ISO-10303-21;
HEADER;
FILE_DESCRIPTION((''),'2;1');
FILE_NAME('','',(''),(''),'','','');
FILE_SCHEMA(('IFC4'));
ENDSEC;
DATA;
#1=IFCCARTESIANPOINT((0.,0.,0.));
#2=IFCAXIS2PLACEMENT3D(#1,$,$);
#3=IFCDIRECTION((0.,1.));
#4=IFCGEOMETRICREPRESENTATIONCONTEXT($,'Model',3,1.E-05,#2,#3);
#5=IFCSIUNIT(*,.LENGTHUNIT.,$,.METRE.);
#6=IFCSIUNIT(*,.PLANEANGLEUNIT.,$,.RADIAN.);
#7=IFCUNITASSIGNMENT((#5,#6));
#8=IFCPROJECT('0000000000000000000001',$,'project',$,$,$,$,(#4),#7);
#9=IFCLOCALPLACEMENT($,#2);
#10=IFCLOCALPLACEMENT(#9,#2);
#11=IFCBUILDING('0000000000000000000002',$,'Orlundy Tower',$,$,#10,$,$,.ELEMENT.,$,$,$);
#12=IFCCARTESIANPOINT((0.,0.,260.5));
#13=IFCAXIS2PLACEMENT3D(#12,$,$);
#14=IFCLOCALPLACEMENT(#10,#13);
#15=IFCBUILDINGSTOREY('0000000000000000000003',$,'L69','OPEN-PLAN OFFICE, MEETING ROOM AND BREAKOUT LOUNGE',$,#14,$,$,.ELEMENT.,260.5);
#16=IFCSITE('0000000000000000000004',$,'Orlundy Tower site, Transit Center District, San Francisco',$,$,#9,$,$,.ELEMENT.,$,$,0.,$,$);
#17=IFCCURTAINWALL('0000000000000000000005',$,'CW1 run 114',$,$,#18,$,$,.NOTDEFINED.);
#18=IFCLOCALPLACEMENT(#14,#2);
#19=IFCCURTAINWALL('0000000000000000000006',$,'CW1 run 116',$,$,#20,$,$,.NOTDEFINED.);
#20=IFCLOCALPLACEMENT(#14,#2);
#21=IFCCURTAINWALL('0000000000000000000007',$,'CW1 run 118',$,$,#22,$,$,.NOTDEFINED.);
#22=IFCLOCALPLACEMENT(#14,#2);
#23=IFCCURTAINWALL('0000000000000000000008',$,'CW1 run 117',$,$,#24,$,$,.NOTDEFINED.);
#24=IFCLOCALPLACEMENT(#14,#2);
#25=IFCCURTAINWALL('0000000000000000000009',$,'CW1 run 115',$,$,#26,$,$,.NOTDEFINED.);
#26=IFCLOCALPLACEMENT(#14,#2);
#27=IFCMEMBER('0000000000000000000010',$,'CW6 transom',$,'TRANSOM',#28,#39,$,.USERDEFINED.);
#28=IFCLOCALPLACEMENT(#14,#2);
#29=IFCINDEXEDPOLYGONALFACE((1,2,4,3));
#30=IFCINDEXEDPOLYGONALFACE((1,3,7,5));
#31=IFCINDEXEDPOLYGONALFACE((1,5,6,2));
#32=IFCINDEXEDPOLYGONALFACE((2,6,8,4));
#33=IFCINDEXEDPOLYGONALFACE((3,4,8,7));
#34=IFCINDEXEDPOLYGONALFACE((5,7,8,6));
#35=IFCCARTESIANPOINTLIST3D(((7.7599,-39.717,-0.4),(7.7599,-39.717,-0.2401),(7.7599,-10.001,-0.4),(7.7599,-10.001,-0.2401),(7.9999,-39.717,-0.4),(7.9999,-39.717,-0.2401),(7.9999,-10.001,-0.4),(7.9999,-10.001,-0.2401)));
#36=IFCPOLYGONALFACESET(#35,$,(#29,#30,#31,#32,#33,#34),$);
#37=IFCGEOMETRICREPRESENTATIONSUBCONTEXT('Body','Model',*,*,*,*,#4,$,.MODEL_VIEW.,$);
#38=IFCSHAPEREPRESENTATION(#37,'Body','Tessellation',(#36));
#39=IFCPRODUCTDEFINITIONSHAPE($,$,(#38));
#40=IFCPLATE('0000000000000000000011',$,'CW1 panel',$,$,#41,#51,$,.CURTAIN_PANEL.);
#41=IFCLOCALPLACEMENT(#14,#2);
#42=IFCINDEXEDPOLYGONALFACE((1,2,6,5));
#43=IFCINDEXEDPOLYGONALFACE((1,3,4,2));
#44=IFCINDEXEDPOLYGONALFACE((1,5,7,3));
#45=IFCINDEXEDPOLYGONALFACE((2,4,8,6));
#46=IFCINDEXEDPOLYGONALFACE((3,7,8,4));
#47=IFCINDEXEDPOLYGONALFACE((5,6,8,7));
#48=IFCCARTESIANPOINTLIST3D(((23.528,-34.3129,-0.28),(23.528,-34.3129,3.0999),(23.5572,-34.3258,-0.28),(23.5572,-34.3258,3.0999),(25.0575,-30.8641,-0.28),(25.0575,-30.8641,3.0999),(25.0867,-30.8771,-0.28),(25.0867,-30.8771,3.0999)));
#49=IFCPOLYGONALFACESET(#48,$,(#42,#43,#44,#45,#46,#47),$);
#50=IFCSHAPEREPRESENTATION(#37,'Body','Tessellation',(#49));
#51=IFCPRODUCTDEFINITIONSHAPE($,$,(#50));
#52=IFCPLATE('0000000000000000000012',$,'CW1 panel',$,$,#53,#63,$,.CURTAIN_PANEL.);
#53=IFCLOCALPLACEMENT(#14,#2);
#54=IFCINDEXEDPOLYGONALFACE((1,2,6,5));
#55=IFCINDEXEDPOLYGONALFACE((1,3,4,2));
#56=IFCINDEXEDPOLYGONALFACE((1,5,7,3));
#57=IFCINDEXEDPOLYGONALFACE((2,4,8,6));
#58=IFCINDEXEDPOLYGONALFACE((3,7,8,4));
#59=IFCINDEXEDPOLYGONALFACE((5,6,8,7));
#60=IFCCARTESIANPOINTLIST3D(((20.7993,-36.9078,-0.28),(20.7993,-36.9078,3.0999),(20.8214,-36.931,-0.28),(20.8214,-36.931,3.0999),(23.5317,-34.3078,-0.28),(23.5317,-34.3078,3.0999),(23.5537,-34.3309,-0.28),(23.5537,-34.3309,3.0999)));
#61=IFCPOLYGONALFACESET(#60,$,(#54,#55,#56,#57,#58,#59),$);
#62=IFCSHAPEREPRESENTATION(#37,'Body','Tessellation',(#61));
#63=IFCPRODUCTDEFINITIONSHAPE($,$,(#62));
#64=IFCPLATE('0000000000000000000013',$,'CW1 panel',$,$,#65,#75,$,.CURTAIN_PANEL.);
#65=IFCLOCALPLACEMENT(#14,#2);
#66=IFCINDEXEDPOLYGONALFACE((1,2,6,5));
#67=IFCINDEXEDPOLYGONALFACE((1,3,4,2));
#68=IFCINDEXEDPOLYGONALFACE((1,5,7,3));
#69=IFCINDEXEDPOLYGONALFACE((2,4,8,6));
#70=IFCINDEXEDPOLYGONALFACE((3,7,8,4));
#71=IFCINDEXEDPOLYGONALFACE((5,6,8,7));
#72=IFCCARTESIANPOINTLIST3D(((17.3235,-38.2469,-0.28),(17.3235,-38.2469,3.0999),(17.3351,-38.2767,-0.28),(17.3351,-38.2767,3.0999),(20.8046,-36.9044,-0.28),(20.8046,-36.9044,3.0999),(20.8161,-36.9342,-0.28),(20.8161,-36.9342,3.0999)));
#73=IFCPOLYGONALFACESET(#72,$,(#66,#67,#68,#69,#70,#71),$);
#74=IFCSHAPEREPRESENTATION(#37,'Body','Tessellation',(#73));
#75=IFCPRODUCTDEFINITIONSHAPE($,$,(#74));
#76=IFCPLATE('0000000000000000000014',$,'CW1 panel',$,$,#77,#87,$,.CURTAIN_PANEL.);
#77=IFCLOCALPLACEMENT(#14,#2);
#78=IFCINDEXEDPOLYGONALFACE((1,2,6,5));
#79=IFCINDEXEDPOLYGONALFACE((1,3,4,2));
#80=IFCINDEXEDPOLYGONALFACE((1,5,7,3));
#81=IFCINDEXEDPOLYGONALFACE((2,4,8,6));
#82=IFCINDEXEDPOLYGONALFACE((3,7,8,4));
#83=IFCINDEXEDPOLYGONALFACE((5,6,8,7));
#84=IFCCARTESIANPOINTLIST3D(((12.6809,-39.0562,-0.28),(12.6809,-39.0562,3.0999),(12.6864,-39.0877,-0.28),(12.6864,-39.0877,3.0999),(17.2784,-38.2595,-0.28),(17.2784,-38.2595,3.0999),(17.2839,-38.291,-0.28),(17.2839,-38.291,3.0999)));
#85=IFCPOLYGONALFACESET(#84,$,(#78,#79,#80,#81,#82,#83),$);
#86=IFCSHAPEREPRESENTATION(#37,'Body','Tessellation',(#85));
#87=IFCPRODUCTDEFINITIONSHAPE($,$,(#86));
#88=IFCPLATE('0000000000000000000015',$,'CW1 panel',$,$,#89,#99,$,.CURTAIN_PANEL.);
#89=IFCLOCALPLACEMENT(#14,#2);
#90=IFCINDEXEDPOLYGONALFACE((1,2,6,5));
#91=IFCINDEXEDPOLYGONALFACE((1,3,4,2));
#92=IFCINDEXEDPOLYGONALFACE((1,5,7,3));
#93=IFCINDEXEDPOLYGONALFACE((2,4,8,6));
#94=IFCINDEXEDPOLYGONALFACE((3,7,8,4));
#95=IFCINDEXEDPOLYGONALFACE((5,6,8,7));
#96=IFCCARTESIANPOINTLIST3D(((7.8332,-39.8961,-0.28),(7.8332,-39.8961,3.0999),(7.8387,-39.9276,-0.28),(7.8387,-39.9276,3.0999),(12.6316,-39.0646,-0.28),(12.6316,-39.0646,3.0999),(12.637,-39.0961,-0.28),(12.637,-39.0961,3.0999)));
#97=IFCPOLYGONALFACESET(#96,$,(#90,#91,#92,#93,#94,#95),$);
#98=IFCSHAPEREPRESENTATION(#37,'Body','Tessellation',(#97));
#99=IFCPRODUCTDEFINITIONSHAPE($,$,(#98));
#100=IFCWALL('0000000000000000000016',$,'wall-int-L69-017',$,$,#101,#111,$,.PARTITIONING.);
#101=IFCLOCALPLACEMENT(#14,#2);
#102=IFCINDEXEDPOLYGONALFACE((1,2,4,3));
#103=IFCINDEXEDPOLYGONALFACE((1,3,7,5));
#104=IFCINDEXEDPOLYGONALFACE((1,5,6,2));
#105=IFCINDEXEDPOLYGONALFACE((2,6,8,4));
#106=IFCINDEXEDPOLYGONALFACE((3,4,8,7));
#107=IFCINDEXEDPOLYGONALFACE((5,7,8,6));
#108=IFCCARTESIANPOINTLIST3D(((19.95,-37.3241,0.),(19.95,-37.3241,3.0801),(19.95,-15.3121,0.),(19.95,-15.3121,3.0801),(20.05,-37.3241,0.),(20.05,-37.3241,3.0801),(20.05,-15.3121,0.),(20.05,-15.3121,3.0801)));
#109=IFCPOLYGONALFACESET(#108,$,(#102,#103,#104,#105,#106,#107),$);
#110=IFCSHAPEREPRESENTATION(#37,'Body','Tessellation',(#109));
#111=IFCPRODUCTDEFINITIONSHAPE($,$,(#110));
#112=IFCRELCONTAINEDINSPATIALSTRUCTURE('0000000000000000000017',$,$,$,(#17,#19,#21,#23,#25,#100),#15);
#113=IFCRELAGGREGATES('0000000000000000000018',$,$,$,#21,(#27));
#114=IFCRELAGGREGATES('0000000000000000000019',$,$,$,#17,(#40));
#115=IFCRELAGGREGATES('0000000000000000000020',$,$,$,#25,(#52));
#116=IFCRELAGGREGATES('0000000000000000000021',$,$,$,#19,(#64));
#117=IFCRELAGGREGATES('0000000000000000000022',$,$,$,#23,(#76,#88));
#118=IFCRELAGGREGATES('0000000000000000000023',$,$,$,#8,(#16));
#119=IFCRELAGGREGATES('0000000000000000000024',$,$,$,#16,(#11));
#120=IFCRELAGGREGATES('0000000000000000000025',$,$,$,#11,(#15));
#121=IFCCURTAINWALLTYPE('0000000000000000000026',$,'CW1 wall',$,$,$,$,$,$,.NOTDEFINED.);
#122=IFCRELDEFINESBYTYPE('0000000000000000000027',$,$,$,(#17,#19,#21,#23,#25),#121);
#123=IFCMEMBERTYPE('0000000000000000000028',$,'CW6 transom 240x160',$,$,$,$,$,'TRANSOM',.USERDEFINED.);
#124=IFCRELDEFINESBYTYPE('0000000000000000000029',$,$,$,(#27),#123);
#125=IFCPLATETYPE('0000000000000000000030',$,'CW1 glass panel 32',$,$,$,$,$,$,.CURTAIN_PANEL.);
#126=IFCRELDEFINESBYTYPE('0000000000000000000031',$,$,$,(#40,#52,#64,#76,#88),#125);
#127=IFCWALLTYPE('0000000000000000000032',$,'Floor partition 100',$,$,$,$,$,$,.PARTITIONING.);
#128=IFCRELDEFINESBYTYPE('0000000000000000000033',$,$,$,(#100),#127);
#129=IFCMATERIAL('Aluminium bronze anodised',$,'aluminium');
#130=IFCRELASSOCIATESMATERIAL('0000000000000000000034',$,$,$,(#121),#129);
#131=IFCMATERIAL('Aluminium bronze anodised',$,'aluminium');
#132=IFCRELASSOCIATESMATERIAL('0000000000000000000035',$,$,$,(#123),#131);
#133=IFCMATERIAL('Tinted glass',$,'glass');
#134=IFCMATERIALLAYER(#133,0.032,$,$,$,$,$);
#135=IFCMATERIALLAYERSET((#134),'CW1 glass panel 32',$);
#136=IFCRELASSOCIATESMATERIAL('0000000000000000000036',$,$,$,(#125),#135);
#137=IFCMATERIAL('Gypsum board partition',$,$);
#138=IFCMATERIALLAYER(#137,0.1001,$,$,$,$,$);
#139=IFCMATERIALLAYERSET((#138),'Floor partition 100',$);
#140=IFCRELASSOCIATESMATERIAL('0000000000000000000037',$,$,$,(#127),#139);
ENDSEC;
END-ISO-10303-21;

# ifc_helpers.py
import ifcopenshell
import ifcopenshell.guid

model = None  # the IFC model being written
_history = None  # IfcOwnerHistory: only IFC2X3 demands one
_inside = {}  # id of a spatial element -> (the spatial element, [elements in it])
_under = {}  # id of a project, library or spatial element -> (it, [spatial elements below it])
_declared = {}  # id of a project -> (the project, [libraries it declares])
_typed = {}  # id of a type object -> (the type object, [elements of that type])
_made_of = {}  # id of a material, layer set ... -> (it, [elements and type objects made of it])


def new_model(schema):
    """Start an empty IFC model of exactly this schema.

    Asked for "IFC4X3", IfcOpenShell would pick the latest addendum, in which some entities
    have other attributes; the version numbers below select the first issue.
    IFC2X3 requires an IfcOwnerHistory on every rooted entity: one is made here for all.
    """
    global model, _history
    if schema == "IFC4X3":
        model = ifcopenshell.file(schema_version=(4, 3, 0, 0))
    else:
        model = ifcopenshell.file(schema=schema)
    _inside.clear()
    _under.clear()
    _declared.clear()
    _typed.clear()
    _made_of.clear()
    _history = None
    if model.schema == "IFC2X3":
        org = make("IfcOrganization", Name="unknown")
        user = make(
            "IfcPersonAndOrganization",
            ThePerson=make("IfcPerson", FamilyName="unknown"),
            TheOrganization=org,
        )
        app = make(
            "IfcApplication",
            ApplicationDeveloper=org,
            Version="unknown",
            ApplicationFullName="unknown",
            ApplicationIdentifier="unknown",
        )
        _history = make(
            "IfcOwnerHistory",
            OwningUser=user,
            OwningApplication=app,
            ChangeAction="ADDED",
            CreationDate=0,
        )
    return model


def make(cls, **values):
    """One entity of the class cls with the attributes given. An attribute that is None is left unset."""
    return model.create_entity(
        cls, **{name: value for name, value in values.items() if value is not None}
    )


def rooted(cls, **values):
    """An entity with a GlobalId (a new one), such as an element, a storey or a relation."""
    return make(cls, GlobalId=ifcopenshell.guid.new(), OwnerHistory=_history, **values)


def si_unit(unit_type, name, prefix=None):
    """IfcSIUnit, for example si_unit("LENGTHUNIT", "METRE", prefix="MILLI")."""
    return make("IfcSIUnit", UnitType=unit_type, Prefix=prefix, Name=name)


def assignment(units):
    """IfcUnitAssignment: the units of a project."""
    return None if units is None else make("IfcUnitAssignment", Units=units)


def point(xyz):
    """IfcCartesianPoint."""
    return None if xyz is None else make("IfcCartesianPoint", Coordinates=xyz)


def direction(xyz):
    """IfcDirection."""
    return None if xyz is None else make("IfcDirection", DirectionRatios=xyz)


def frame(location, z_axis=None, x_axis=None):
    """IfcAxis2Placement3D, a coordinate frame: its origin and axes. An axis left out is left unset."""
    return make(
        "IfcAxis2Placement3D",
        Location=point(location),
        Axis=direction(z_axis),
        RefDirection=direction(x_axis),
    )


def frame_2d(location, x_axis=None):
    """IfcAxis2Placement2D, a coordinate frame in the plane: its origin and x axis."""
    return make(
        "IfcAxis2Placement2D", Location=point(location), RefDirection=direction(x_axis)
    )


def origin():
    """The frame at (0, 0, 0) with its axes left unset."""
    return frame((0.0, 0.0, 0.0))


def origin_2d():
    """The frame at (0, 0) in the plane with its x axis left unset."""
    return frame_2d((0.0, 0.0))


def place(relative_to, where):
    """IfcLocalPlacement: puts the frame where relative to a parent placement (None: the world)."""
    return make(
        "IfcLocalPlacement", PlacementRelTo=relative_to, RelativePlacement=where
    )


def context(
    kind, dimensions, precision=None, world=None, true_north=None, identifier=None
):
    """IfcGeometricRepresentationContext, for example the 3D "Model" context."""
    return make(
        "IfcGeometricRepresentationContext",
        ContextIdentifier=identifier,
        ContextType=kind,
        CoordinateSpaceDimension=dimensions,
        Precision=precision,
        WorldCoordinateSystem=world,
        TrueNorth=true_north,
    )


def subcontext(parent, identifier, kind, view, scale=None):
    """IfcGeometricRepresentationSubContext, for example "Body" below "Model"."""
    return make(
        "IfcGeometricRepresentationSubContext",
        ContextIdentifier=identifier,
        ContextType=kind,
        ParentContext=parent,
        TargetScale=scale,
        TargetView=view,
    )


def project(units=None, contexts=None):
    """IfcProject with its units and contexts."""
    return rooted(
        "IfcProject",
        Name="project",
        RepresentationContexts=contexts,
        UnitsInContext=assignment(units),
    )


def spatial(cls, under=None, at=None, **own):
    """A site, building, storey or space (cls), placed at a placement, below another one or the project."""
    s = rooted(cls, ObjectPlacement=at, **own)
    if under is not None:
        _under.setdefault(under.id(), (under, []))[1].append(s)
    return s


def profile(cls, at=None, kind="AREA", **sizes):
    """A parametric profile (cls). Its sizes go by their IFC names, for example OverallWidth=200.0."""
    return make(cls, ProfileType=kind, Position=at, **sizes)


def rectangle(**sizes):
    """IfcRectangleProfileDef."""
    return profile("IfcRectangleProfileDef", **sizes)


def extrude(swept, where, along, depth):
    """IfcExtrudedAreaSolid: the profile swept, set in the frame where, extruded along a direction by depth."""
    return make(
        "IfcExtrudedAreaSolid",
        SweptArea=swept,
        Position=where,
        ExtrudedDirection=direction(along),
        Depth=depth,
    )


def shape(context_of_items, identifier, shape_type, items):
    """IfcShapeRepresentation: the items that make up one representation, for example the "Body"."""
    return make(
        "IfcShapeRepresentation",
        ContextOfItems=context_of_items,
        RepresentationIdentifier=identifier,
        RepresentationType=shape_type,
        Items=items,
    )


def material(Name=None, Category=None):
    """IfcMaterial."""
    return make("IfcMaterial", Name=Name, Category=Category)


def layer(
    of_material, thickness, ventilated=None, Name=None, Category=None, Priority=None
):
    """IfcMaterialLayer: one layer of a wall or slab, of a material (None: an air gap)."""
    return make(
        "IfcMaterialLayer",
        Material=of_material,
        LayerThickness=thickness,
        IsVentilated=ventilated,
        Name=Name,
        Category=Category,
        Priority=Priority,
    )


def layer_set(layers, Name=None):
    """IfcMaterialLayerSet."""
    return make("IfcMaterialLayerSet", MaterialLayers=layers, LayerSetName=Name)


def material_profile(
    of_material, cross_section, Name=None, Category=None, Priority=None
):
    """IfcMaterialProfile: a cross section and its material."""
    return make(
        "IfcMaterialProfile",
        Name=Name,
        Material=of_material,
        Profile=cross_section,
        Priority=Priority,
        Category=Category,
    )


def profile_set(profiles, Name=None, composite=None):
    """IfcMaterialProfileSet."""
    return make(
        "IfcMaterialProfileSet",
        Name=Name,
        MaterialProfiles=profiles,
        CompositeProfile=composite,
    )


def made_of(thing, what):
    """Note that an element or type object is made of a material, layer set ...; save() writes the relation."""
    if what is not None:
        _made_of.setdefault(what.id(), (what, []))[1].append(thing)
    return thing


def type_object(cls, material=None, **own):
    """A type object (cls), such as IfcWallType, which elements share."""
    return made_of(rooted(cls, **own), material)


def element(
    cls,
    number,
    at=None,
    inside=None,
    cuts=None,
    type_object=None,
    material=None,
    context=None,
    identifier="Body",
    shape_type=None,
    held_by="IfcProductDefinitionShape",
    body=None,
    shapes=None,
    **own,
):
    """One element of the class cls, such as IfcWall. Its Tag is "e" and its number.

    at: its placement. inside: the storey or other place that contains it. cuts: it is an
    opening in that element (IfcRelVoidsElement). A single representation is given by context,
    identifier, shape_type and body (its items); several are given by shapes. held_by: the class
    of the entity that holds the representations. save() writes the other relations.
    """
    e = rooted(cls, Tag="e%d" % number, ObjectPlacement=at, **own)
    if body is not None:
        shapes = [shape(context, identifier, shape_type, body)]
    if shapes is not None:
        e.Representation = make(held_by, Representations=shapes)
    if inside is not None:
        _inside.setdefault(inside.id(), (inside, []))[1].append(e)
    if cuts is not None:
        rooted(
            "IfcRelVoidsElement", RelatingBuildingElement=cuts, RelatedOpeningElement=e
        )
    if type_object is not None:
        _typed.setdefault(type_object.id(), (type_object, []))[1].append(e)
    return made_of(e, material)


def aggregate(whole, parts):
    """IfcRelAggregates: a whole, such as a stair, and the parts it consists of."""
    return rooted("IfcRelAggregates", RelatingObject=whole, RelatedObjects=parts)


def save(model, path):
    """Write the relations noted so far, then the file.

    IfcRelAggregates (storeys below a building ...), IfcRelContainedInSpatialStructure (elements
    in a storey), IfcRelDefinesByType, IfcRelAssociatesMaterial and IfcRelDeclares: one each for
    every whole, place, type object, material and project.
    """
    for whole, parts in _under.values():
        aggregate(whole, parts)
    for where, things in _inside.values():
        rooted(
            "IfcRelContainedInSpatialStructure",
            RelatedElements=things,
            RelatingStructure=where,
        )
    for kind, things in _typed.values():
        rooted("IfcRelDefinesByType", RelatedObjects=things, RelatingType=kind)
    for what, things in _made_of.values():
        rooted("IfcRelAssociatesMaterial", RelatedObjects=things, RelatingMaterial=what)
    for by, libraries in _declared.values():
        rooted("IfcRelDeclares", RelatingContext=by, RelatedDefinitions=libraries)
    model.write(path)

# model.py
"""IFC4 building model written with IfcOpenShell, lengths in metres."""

from ifc_helpers import new_model, si_unit, direction, frame, frame_2d, origin, origin_2d, place, context, subcontext, project, spatial, rectangle, extrude, material, layer, layer_set, material_profile, profile_set, type_object, element, aggregate, save


model = new_model("IFC4")

# Units and contexts
model_context = context("Model", 3, precision=1e-05, world=origin(), true_north=direction((0.0, 1.0)))
body_context = subcontext(model_context, "Body", "Model", "MODEL_VIEW")
ifc_project = project(units=[si_unit("LENGTHUNIT", "METRE"), si_unit("PLANEANGLEUNIT", "RADIAN")], contexts=[model_context])

# Site, building, storey
site_placement = place(None, origin())
site = spatial("IfcSite", under=ifc_project, at=site_placement, Name="Orlundy Tower site, Transit Center District, San Francisco", CompositionType="ELEMENT", RefElevation=0.0)
building_placement = place(site_placement, origin())
building = spatial("IfcBuilding", under=site, at=building_placement, Name="Orlundy Tower", CompositionType="ELEMENT")
storey_placement = place(building_placement, frame((0.0, 0.0, 260.5)))
storey = spatial("IfcBuildingStorey", under=building, at=storey_placement, Name="L69", Description="OPEN-PLAN OFFICE, MEETING ROOM AND BREAKOUT LOUNGE", CompositionType="ELEMENT", Elevation=260.5)

# Curtain walls
ifc_material_1 = material(Name="Aluminium bronze anodised", Category="aluminium")
curtain_wall_type = type_object("IfcCurtainWallType", Name="CW1 wall", PredefinedType="NOTDEFINED", material=ifc_material_1)
curtain_wall_1_placement = place(storey_placement, origin())
curtain_wall_1 = element("IfcCurtainWall", 1, at=curtain_wall_1_placement, inside=storey, type_object=curtain_wall_type, Name="CW1 run 114", PredefinedType="NOTDEFINED")
curtain_wall_2_placement = place(storey_placement, origin())
curtain_wall_2 = element("IfcCurtainWall", 2, at=curtain_wall_2_placement, inside=storey, type_object=curtain_wall_type, Name="CW1 run 116", PredefinedType="NOTDEFINED")
curtain_wall_3_placement = place(storey_placement, origin())
curtain_wall_3 = element("IfcCurtainWall", 3, at=curtain_wall_3_placement, inside=storey, type_object=curtain_wall_type, Name="CW1 run 118", PredefinedType="NOTDEFINED")

# Curtain wall
curtain_wall_4_placement = place(storey_placement, origin())
curtain_wall_4 = element("IfcCurtainWall", 4, at=curtain_wall_4_placement, inside=storey, type_object=curtain_wall_type, Name="CW1 run 117", PredefinedType="NOTDEFINED")

# Curtain wall
curtain_wall_5_placement = place(storey_placement, origin())
curtain_wall_5 = element("IfcCurtainWall", 5, at=curtain_wall_5_placement, inside=storey, type_object=curtain_wall_type, Name="CW1 run 115", PredefinedType="NOTDEFINED")

# Member
ifc_material_2 = material(Name="Aluminium bronze anodised", Category="aluminium")
ifc_material_profile_1 = material_profile(ifc_material_2, rectangle(XDim=0.24, YDim=0.1599, at=origin_2d()), Name="CW6 transom 240x160")
ifc_profile_set_1 = profile_set([ifc_material_profile_1], Name="Aluminium bronze anodised")
member_type_1 = type_object("IfcMemberType", Name="CW6 transom 240x160", ElementType="TRANSOM", PredefinedType="USERDEFINED", material=ifc_profile_set_1)
member_1_placement = place(storey_placement, frame((7.8799, -39.717, -0.3201), z_axis=(0.0, 1.0, 0.0), x_axis=(-1.0, 0.0, 0.0)))
member_1 = element("IfcMember", 6, at=member_1_placement, type_object=member_type_1, Name="CW6 transom", ObjectType="TRANSOM", PredefinedType="USERDEFINED", context=body_context, shape_type="SweptSolid", body=[
    extrude(rectangle(XDim=0.24, YDim=0.1599, at=origin_2d()), origin(), (0.0, 0.0, 1.0), 29.7161),
])
aggregate(curtain_wall_3, [member_1])

# Plates
ifc_material_3 = material(Name="Tinted glass", Category="glass")
ifc_layer_1 = layer(ifc_material_3, 0.032)
ifc_layer_set_1 = layer_set([ifc_layer_1], Name="CW1 glass panel 32")
plate_type = type_object("IfcPlateType", Name="CW1 glass panel 32", PredefinedType="CURTAIN_PANEL", material=ifc_layer_set_1)
plate_1_placement = place(storey_placement, frame((24.3074, -32.595, -0.28), z_axis=(0.0, 0.0, 1.0), x_axis=(-0.405413, -0.914134, 0.0)))
plate_1 = element("IfcPlate", 7, at=plate_1_placement, type_object=plate_type, Name="CW1 panel", PredefinedType="CURTAIN_PANEL", context=body_context, shape_type="SweptSolid", body=[
    extrude(rectangle(XDim=3.7727, YDim=0.032, at=origin_2d()), origin(), (0.0, 0.0, 1.0), 3.3799),
])
aggregate(curtain_wall_1, [plate_1])
plate_2_placement = place(storey_placement, frame((22.1765, -35.6194, -0.28), z_axis=(0.0, 0.0, 1.0), x_axis=(-0.724427, -0.689352, 0.0)))
plate_2 = element("IfcPlate", 8, at=plate_2_placement, type_object=plate_type, Name="CW1 panel", PredefinedType="CURTAIN_PANEL", context=body_context, shape_type="SweptSolid", body=[
    extrude(rectangle(XDim=3.7717, YDim=0.032, at=origin_2d()), origin(), (0.0, 0.0, 1.0), 3.3799),
])
aggregate(curtain_wall_5, [plate_2])
plate_3_placement = place(storey_placement, frame((19.0698, -37.5906, -0.28), z_axis=(0.0, 0.0, 1.0), x_axis=(-0.933018, -0.359828, 0.0)))
plate_3 = element("IfcPlate", 9, at=plate_3_placement, type_object=plate_type, Name="CW1 panel", PredefinedType="CURTAIN_PANEL", context=body_context, shape_type="SweptSolid", body=[
    extrude(rectangle(XDim=3.731, YDim=0.032, at=origin_2d()), origin(), (0.0, 0.0, 1.0), 3.3799),
])
aggregate(curtain_wall_2, [plate_3])
plate_4_placement = place(storey_placement, frame((14.9824, -38.6736, -0.28), z_axis=(0.0, 0.0, 1.0), x_axis=(-0.985315, -0.170744, 0.0)))
plate_4 = element("IfcPlate", 10, at=plate_4_placement, type_object=plate_type, Name="CW1 panel", PredefinedType="CURTAIN_PANEL", context=body_context, shape_type="SweptSolid", body=[
    extrude(rectangle(XDim=4.666, YDim=0.032, at=origin_2d()), origin(), (0.0, 0.0, 1.0), 3.3799),
])
plate_5_placement = place(storey_placement, frame((10.2351, -39.4961, -0.28), z_axis=(0.0, 0.0, 1.0), x_axis=(-0.985315, -0.170744, 0.0)))
plate_5 = element("IfcPlate", 11, at=plate_5_placement, type_object=plate_type, Name="CW1 panel", PredefinedType="CURTAIN_PANEL", context=body_context, shape_type="SweptSolid", body=[
    extrude(rectangle(XDim=4.8699, YDim=0.032, at=origin_2d()), origin(), (0.0, 0.0, 1.0), 3.3799),
])
aggregate(curtain_wall_4, [plate_4, plate_5])

# Wall
ifc_material_4 = material(Name="Gypsum board partition")
ifc_layer_2 = layer(ifc_material_4, 0.1001)
ifc_layer_set_2 = layer_set([ifc_layer_2], Name="Floor partition 100")
wall_type = type_object("IfcWallType", Name="Floor partition 100", PredefinedType="PARTITIONING", material=ifc_layer_set_2)
wall_placement = place(storey_placement, frame((20.0, -37.324, 0.0), z_axis=(0.0, 0.0, 1.0), x_axis=(0.0, 1.0, 0.0)))
element("IfcWall", 12, at=wall_placement, inside=storey, type_object=wall_type, Name="wall-int-L69-017", PredefinedType="PARTITIONING", context=body_context, shape_type="SweptSolid", body=[
    extrude(rectangle(XDim=22.012, YDim=0.1001, at=frame_2d((11.0059, 0.0))), origin(), (0.0, 0.0, 1.0), 3.0801),
])

save(model, "model.ifc")
